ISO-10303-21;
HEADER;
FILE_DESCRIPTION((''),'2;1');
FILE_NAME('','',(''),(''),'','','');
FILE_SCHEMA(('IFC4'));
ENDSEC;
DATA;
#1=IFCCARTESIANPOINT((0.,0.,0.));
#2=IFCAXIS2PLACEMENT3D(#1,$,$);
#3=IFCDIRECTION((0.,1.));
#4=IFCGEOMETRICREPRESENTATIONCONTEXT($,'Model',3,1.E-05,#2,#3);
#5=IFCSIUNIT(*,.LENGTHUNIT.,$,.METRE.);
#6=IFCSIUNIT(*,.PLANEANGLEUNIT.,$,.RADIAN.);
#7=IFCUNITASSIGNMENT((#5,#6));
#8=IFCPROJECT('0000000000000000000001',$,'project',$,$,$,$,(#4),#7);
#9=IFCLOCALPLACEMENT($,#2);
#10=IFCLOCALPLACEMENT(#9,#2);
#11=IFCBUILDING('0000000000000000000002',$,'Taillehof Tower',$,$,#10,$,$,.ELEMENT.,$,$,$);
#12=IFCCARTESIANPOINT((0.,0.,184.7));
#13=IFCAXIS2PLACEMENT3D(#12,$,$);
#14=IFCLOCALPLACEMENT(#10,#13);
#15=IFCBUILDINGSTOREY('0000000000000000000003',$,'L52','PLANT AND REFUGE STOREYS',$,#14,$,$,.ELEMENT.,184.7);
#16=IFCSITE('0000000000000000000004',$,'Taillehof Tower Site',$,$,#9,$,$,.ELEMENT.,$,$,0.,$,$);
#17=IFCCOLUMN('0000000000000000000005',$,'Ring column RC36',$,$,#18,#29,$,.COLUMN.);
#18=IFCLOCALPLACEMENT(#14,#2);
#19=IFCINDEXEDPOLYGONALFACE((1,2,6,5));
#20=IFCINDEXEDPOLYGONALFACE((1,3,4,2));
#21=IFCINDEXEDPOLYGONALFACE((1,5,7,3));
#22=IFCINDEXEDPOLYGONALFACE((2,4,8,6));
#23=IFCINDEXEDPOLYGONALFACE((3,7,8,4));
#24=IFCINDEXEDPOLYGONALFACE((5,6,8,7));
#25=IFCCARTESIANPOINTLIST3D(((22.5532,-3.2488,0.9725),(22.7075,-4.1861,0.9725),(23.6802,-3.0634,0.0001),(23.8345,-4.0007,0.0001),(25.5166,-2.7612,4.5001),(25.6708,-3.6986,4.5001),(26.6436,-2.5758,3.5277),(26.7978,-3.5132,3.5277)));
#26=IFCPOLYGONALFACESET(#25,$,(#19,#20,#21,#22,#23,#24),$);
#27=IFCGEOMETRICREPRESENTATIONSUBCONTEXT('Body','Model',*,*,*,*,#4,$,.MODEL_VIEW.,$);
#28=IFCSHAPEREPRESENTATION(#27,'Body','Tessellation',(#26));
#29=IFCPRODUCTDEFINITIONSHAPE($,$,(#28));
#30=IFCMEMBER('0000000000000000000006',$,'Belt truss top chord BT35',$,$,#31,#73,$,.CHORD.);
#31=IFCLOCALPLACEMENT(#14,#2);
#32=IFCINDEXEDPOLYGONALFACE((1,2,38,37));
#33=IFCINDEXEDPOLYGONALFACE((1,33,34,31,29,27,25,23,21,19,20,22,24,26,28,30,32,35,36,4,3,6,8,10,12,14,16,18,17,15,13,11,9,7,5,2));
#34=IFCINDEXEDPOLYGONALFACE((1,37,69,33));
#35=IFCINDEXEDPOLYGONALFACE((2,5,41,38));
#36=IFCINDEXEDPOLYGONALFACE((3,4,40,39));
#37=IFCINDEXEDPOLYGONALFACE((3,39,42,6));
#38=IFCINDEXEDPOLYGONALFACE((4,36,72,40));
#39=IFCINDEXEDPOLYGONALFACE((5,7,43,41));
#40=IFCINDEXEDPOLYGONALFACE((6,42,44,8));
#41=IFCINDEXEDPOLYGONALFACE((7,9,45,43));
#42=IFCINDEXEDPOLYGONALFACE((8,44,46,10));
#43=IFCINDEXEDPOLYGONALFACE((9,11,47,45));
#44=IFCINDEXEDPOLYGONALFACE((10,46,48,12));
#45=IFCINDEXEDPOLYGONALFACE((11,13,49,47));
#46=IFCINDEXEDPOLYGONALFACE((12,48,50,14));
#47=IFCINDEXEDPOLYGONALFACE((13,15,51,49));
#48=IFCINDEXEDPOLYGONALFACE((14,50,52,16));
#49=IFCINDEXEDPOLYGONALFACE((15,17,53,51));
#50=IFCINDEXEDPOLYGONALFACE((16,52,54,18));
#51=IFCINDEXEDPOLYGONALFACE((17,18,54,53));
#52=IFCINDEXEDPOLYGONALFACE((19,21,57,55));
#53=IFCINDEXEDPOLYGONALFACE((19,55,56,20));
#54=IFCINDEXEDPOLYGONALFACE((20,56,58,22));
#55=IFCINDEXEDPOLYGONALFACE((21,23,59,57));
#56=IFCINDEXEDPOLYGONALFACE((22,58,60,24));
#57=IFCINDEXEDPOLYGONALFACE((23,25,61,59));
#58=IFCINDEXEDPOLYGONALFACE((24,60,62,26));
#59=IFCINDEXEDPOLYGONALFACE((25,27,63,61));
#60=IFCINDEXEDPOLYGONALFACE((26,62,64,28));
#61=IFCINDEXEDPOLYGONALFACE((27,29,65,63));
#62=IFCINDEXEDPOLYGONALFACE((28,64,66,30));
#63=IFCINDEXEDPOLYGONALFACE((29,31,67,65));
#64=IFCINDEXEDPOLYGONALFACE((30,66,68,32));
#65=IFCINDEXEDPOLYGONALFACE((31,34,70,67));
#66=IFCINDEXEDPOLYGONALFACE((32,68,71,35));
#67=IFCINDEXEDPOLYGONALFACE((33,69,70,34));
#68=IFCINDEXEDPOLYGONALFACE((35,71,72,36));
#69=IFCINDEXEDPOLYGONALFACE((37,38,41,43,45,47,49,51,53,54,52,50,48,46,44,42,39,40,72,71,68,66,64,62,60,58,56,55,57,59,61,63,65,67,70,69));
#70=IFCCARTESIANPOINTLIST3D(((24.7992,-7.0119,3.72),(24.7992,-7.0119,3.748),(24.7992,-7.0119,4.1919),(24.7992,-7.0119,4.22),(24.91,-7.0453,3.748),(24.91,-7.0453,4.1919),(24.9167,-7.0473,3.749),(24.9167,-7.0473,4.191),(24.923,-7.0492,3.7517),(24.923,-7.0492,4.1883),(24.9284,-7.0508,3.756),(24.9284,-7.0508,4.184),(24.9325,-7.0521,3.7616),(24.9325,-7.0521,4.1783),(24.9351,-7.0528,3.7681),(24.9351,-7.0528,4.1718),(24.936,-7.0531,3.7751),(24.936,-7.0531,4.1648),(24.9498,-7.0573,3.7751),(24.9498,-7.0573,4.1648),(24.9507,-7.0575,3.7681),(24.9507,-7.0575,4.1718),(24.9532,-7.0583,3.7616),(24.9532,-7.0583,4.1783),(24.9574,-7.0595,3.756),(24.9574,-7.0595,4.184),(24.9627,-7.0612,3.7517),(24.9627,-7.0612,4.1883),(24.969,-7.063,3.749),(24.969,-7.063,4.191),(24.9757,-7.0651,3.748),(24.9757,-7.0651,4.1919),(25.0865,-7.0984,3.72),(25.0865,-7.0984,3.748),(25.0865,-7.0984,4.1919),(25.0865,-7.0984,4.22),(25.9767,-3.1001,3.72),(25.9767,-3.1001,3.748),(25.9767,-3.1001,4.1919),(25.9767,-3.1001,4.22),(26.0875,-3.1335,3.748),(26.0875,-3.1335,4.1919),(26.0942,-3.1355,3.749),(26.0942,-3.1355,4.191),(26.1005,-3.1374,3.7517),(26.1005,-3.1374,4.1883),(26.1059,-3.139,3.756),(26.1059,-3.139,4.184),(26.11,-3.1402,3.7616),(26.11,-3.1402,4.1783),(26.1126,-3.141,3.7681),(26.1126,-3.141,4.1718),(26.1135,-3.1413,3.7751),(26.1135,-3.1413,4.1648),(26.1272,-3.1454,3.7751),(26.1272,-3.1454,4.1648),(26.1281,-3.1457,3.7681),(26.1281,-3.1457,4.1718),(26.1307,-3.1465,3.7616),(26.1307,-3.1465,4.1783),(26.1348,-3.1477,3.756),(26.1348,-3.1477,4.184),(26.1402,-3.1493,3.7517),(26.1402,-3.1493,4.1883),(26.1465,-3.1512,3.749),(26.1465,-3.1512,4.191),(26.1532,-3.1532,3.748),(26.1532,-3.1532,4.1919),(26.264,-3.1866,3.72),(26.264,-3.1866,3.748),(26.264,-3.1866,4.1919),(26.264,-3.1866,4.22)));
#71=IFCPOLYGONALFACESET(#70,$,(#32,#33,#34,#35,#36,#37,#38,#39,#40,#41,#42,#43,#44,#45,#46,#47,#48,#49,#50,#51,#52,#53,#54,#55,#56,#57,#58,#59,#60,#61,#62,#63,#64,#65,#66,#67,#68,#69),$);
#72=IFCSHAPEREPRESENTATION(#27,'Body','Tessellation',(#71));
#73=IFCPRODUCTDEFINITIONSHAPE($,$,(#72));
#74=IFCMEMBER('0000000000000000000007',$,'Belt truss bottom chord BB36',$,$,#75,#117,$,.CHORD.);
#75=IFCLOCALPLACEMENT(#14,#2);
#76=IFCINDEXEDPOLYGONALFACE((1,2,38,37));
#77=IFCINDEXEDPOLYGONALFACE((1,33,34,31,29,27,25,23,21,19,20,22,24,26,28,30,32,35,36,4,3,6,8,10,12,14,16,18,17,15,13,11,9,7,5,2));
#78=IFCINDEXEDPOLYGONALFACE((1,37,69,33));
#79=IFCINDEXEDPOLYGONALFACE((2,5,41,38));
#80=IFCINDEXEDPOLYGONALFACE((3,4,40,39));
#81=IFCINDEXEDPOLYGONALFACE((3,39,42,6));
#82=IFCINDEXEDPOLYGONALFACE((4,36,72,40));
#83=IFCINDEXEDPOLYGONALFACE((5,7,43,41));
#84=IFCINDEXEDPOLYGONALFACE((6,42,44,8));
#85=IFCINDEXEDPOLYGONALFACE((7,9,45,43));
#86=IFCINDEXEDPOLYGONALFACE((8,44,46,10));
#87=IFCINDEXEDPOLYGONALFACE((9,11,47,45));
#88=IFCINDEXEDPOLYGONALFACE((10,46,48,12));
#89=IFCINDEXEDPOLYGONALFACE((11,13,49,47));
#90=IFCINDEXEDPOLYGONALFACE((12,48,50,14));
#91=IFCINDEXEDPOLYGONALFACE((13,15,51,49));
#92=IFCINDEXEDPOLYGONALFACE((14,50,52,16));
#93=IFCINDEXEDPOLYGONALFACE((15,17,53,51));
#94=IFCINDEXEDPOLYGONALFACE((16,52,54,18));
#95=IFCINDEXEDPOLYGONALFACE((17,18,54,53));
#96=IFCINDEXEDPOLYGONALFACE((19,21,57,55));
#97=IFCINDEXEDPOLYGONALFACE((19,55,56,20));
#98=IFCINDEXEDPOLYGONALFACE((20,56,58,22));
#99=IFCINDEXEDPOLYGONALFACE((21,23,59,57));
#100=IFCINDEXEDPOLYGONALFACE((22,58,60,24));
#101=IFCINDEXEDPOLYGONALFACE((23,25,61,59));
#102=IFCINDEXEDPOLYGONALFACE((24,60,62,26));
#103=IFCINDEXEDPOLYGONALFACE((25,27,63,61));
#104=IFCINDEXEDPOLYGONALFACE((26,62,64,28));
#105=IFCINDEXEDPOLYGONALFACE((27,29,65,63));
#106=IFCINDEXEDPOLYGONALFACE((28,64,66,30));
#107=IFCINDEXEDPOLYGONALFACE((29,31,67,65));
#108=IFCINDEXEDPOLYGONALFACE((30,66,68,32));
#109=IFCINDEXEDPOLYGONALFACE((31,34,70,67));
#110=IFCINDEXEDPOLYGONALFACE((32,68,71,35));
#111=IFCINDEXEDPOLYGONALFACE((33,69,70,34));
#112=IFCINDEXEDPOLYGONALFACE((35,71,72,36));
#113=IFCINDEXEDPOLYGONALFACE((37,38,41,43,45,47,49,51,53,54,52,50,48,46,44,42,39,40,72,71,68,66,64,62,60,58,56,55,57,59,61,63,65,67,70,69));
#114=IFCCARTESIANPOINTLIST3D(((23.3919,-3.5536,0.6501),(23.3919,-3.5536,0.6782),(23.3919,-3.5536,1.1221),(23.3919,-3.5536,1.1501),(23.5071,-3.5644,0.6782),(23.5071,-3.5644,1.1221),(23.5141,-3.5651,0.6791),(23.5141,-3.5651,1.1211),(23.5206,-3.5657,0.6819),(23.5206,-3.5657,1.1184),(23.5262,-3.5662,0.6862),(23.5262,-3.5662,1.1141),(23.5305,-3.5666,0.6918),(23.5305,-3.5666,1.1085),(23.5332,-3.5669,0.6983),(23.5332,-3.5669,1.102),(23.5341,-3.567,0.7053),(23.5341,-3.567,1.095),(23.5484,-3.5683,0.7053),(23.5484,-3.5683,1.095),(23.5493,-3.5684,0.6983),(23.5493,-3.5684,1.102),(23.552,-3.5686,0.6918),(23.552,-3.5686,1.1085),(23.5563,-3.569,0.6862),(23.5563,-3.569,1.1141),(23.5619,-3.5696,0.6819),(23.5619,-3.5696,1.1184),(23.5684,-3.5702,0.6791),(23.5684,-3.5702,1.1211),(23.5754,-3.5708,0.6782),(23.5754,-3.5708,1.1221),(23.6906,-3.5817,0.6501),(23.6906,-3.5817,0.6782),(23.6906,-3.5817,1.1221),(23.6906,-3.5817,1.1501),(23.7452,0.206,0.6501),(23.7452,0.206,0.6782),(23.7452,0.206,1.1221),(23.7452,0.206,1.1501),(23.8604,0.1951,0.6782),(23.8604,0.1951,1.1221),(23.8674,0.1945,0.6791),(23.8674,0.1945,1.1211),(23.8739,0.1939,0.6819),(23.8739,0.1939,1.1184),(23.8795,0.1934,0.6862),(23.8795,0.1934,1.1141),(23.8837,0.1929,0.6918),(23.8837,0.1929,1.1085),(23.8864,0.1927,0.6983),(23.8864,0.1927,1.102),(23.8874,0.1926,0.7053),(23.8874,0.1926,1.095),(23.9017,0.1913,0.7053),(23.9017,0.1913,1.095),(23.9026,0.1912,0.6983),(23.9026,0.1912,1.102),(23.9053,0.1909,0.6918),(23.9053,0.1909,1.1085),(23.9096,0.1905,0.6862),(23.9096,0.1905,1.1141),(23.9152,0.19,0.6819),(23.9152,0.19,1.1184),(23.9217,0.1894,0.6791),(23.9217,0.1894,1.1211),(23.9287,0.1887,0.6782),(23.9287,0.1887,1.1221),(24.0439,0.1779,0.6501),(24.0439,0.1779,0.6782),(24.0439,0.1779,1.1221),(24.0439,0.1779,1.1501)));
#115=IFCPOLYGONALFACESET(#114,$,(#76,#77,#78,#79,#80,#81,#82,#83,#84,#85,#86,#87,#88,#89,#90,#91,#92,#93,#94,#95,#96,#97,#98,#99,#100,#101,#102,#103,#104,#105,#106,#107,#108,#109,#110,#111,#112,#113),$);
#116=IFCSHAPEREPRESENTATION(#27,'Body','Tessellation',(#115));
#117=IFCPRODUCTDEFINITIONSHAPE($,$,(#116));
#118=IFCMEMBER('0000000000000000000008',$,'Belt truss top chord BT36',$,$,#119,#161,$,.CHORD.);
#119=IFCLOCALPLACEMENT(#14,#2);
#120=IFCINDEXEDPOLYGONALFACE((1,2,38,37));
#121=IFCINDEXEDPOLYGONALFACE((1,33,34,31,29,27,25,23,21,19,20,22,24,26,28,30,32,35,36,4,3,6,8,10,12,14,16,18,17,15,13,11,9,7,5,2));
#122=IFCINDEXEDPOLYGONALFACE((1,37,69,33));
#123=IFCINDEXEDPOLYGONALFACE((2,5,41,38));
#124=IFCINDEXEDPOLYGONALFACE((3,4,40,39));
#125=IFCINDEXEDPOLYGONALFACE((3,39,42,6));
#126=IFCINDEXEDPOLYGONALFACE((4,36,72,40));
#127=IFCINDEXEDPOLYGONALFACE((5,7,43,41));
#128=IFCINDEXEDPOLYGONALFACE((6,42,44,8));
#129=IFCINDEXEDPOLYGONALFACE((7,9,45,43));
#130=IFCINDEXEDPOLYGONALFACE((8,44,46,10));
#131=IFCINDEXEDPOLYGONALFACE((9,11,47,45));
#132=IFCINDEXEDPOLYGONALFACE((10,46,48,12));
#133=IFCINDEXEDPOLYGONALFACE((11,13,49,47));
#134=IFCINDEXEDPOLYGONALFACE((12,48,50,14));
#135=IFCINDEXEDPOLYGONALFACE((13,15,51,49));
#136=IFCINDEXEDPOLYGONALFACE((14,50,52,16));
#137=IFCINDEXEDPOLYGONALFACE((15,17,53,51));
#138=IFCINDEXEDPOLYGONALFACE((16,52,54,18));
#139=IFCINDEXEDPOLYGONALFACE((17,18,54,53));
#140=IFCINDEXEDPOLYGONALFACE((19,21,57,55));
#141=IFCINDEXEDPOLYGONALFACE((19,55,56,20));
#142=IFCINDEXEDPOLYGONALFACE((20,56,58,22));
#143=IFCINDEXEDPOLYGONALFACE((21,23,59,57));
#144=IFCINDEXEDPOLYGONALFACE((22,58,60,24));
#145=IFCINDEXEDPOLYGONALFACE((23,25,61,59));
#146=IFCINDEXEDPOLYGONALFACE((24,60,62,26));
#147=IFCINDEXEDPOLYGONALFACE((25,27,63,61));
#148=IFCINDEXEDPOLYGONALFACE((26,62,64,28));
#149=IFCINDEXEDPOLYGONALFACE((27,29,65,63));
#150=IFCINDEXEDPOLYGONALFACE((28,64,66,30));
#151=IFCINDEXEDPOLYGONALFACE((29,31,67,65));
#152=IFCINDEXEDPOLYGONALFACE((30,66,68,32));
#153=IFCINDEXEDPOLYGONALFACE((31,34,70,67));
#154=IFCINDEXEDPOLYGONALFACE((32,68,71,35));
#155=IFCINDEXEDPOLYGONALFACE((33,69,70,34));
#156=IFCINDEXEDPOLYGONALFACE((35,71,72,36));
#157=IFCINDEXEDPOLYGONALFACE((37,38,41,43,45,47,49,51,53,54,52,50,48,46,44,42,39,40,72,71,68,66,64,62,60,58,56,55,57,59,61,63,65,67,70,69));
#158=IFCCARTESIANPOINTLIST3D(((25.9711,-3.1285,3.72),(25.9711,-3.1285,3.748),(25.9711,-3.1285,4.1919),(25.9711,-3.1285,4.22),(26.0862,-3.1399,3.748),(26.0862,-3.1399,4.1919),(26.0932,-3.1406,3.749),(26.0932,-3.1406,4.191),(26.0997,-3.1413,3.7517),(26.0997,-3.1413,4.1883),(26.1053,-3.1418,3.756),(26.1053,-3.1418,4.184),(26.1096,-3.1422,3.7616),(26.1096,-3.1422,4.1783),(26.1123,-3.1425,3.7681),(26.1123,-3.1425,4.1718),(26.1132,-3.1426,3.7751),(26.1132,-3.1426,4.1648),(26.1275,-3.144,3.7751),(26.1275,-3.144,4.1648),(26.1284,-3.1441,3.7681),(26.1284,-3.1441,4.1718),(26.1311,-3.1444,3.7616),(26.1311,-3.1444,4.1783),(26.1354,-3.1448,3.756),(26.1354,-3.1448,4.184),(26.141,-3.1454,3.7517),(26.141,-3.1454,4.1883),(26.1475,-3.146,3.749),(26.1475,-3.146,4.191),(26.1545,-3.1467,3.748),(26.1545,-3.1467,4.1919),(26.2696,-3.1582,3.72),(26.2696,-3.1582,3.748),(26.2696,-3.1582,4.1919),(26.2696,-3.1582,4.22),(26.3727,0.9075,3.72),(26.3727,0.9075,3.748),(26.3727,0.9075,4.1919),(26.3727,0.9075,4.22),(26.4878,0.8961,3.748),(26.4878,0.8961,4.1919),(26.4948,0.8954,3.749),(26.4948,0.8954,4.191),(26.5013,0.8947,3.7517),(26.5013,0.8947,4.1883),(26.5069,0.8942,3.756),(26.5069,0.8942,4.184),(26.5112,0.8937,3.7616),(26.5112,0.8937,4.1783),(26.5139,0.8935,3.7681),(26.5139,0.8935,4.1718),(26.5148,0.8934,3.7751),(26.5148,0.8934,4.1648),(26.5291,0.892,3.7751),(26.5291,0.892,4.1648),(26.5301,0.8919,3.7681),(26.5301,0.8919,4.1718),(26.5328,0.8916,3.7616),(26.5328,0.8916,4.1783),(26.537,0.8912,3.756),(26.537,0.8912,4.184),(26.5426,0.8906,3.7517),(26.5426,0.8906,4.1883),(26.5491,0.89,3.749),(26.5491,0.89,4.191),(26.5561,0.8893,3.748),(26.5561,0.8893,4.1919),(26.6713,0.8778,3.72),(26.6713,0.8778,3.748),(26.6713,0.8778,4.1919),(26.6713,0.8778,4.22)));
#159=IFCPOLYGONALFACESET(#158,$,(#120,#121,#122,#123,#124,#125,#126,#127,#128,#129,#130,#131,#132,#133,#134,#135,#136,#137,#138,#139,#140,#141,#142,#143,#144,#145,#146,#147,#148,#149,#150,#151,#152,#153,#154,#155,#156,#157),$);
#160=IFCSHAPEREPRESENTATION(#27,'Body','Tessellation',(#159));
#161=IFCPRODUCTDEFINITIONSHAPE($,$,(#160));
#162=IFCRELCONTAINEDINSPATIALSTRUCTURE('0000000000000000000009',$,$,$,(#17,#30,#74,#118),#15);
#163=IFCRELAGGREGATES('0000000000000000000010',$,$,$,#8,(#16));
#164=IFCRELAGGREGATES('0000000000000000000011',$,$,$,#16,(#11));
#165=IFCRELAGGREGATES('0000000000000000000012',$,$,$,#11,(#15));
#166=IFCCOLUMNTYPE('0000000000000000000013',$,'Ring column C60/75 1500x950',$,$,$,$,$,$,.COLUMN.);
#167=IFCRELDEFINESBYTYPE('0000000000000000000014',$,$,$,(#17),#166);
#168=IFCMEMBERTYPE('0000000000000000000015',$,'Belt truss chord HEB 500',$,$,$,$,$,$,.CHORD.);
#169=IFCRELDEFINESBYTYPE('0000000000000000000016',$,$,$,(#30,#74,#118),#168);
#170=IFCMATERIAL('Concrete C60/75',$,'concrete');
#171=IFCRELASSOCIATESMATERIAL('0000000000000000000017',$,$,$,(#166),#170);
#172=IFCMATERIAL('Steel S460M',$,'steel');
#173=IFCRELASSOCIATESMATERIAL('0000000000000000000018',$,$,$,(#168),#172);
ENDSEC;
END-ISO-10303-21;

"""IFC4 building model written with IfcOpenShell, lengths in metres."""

from ifc_helpers import new_model, si_unit, direction, frame, origin, origin_2d, place, context, subcontext, project, spatial, rectangle, i_section, extrude, material, material_profile, profile_set, type_object, element, save


model = new_model("IFC4")

# Units and contexts
model_context = context("Model", 3, precision=1e-05, world=origin(), true_north=direction((0.0, 1.0)))
body_context = subcontext(model_context, "Body", "Model", "MODEL_VIEW")
ifc_project = project(units=[si_unit("LENGTHUNIT", "METRE"), si_unit("PLANEANGLEUNIT", "RADIAN")], contexts=[model_context])

# Site, building, storey
site_placement = place(None, origin())
site = spatial("IfcSite", under=ifc_project, at=site_placement, Name="Taillehof Tower Site", CompositionType="ELEMENT", RefElevation=0.0)
building_placement = place(site_placement, origin())
building = spatial("IfcBuilding", under=site, at=building_placement, Name="Taillehof Tower", CompositionType="ELEMENT")
storey_placement = place(building_placement, frame((0.0, 0.0, 184.7)))
storey = spatial("IfcBuildingStorey", under=building, at=storey_placement, Name="L52", Description="PLANT AND REFUGE STOREYS", CompositionType="ELEMENT", Elevation=184.7)

# Column
ifc_material_1 = material(Name="Concrete C60/75", Category="concrete")
ifc_material_profile_1 = material_profile(ifc_material_1, rectangle(XDim=1.5, YDim=0.95, at=origin_2d()), Name="RC 1500x950")
ifc_profile_set_1 = profile_set([ifc_material_profile_1], Name="Concrete C60/75")
column_type = type_object("IfcColumnType", Name="Ring column C60/75 1500x950", PredefinedType="COLUMN", material=ifc_profile_set_1)
column_placement = place(storey_placement, frame((23.1938, -3.6248, 0.4863), z_axis=(0.639646, 0.105238, 0.761431), x_axis=(-0.75133, -0.123612, 0.648246)))
element("IfcColumn", 1, at=column_placement, inside=storey, type_object=column_type, Name="Ring column RC36", PredefinedType="COLUMN", context=body_context, shape_type="SweptSolid", body=[
    extrude(rectangle(XDim=1.5, YDim=0.95, at=origin_2d()), origin(), (0.0, 0.0, 1.0), 4.6328),
])

# Members
ifc_material_2 = material(Name="Steel S460M", Category="steel")
ifc_material_profile_2 = material_profile(ifc_material_2, i_section(OverallWidth=0.3, OverallDepth=0.5, WebThickness=0.0144, FlangeThickness=0.0281, FilletRadius=0.0271, at=origin_2d()), Name="HEB 500")
ifc_profile_set_2 = profile_set([ifc_material_profile_2], Name="Steel S460M")
member_type_1 = type_object("IfcMemberType", Name="Belt truss chord HEB 500", PredefinedType="CHORD", material=ifc_profile_set_2)
member_1_placement = place(storey_placement, frame((24.9429, -7.0552, 3.97), z_axis=(0.28823, 0.957561, 0.0), x_axis=(-0.957561, 0.28823, 0.0)))
element("IfcMember", 2, at=member_1_placement, inside=storey, type_object=member_type_1, Name="Belt truss top chord BT35", PredefinedType="CHORD", context=body_context, shape_type="SweptSolid", body=[
    extrude(i_section(OverallWidth=0.3, OverallDepth=0.5, WebThickness=0.0144, FlangeThickness=0.0281, FilletRadius=0.0271, at=origin_2d()), origin(), (0.0, 0.0, 1.0), 4.0852),
])
member_2_placement = place(storey_placement, frame((23.5413, -3.5676, 0.9001), z_axis=(0.093555, 0.995614, 0.0), x_axis=(-0.995614, 0.093555, 0.0)))
element("IfcMember", 3, at=member_2_placement, inside=storey, type_object=member_type_1, Name="Belt truss bottom chord BB36", PredefinedType="CHORD", context=body_context, shape_type="SweptSolid", body=[
    extrude(i_section(OverallWidth=0.3, OverallDepth=0.5, WebThickness=0.0144, FlangeThickness=0.0281, FilletRadius=0.0271, at=origin_2d()), origin(), (0.0, 0.0, 1.0), 3.7761),
])
member_3_placement = place(storey_placement, frame((26.1204, -3.1433, 3.97), z_axis=(0.099021, 0.995085, 0.0), x_axis=(-0.995085, 0.099021, 0.0)))
element("IfcMember", 4, at=member_3_placement, inside=storey, type_object=member_type_1, Name="Belt truss top chord BT36", PredefinedType="CHORD", context=body_context, shape_type="SweptSolid", body=[
    extrude(i_section(OverallWidth=0.3, OverallDepth=0.5, WebThickness=0.0144, FlangeThickness=0.0281, FilletRadius=0.0271, at=origin_2d()), origin(), (0.0, 0.0, 1.0), 4.0559),
])

save(model, "model.ifc")
